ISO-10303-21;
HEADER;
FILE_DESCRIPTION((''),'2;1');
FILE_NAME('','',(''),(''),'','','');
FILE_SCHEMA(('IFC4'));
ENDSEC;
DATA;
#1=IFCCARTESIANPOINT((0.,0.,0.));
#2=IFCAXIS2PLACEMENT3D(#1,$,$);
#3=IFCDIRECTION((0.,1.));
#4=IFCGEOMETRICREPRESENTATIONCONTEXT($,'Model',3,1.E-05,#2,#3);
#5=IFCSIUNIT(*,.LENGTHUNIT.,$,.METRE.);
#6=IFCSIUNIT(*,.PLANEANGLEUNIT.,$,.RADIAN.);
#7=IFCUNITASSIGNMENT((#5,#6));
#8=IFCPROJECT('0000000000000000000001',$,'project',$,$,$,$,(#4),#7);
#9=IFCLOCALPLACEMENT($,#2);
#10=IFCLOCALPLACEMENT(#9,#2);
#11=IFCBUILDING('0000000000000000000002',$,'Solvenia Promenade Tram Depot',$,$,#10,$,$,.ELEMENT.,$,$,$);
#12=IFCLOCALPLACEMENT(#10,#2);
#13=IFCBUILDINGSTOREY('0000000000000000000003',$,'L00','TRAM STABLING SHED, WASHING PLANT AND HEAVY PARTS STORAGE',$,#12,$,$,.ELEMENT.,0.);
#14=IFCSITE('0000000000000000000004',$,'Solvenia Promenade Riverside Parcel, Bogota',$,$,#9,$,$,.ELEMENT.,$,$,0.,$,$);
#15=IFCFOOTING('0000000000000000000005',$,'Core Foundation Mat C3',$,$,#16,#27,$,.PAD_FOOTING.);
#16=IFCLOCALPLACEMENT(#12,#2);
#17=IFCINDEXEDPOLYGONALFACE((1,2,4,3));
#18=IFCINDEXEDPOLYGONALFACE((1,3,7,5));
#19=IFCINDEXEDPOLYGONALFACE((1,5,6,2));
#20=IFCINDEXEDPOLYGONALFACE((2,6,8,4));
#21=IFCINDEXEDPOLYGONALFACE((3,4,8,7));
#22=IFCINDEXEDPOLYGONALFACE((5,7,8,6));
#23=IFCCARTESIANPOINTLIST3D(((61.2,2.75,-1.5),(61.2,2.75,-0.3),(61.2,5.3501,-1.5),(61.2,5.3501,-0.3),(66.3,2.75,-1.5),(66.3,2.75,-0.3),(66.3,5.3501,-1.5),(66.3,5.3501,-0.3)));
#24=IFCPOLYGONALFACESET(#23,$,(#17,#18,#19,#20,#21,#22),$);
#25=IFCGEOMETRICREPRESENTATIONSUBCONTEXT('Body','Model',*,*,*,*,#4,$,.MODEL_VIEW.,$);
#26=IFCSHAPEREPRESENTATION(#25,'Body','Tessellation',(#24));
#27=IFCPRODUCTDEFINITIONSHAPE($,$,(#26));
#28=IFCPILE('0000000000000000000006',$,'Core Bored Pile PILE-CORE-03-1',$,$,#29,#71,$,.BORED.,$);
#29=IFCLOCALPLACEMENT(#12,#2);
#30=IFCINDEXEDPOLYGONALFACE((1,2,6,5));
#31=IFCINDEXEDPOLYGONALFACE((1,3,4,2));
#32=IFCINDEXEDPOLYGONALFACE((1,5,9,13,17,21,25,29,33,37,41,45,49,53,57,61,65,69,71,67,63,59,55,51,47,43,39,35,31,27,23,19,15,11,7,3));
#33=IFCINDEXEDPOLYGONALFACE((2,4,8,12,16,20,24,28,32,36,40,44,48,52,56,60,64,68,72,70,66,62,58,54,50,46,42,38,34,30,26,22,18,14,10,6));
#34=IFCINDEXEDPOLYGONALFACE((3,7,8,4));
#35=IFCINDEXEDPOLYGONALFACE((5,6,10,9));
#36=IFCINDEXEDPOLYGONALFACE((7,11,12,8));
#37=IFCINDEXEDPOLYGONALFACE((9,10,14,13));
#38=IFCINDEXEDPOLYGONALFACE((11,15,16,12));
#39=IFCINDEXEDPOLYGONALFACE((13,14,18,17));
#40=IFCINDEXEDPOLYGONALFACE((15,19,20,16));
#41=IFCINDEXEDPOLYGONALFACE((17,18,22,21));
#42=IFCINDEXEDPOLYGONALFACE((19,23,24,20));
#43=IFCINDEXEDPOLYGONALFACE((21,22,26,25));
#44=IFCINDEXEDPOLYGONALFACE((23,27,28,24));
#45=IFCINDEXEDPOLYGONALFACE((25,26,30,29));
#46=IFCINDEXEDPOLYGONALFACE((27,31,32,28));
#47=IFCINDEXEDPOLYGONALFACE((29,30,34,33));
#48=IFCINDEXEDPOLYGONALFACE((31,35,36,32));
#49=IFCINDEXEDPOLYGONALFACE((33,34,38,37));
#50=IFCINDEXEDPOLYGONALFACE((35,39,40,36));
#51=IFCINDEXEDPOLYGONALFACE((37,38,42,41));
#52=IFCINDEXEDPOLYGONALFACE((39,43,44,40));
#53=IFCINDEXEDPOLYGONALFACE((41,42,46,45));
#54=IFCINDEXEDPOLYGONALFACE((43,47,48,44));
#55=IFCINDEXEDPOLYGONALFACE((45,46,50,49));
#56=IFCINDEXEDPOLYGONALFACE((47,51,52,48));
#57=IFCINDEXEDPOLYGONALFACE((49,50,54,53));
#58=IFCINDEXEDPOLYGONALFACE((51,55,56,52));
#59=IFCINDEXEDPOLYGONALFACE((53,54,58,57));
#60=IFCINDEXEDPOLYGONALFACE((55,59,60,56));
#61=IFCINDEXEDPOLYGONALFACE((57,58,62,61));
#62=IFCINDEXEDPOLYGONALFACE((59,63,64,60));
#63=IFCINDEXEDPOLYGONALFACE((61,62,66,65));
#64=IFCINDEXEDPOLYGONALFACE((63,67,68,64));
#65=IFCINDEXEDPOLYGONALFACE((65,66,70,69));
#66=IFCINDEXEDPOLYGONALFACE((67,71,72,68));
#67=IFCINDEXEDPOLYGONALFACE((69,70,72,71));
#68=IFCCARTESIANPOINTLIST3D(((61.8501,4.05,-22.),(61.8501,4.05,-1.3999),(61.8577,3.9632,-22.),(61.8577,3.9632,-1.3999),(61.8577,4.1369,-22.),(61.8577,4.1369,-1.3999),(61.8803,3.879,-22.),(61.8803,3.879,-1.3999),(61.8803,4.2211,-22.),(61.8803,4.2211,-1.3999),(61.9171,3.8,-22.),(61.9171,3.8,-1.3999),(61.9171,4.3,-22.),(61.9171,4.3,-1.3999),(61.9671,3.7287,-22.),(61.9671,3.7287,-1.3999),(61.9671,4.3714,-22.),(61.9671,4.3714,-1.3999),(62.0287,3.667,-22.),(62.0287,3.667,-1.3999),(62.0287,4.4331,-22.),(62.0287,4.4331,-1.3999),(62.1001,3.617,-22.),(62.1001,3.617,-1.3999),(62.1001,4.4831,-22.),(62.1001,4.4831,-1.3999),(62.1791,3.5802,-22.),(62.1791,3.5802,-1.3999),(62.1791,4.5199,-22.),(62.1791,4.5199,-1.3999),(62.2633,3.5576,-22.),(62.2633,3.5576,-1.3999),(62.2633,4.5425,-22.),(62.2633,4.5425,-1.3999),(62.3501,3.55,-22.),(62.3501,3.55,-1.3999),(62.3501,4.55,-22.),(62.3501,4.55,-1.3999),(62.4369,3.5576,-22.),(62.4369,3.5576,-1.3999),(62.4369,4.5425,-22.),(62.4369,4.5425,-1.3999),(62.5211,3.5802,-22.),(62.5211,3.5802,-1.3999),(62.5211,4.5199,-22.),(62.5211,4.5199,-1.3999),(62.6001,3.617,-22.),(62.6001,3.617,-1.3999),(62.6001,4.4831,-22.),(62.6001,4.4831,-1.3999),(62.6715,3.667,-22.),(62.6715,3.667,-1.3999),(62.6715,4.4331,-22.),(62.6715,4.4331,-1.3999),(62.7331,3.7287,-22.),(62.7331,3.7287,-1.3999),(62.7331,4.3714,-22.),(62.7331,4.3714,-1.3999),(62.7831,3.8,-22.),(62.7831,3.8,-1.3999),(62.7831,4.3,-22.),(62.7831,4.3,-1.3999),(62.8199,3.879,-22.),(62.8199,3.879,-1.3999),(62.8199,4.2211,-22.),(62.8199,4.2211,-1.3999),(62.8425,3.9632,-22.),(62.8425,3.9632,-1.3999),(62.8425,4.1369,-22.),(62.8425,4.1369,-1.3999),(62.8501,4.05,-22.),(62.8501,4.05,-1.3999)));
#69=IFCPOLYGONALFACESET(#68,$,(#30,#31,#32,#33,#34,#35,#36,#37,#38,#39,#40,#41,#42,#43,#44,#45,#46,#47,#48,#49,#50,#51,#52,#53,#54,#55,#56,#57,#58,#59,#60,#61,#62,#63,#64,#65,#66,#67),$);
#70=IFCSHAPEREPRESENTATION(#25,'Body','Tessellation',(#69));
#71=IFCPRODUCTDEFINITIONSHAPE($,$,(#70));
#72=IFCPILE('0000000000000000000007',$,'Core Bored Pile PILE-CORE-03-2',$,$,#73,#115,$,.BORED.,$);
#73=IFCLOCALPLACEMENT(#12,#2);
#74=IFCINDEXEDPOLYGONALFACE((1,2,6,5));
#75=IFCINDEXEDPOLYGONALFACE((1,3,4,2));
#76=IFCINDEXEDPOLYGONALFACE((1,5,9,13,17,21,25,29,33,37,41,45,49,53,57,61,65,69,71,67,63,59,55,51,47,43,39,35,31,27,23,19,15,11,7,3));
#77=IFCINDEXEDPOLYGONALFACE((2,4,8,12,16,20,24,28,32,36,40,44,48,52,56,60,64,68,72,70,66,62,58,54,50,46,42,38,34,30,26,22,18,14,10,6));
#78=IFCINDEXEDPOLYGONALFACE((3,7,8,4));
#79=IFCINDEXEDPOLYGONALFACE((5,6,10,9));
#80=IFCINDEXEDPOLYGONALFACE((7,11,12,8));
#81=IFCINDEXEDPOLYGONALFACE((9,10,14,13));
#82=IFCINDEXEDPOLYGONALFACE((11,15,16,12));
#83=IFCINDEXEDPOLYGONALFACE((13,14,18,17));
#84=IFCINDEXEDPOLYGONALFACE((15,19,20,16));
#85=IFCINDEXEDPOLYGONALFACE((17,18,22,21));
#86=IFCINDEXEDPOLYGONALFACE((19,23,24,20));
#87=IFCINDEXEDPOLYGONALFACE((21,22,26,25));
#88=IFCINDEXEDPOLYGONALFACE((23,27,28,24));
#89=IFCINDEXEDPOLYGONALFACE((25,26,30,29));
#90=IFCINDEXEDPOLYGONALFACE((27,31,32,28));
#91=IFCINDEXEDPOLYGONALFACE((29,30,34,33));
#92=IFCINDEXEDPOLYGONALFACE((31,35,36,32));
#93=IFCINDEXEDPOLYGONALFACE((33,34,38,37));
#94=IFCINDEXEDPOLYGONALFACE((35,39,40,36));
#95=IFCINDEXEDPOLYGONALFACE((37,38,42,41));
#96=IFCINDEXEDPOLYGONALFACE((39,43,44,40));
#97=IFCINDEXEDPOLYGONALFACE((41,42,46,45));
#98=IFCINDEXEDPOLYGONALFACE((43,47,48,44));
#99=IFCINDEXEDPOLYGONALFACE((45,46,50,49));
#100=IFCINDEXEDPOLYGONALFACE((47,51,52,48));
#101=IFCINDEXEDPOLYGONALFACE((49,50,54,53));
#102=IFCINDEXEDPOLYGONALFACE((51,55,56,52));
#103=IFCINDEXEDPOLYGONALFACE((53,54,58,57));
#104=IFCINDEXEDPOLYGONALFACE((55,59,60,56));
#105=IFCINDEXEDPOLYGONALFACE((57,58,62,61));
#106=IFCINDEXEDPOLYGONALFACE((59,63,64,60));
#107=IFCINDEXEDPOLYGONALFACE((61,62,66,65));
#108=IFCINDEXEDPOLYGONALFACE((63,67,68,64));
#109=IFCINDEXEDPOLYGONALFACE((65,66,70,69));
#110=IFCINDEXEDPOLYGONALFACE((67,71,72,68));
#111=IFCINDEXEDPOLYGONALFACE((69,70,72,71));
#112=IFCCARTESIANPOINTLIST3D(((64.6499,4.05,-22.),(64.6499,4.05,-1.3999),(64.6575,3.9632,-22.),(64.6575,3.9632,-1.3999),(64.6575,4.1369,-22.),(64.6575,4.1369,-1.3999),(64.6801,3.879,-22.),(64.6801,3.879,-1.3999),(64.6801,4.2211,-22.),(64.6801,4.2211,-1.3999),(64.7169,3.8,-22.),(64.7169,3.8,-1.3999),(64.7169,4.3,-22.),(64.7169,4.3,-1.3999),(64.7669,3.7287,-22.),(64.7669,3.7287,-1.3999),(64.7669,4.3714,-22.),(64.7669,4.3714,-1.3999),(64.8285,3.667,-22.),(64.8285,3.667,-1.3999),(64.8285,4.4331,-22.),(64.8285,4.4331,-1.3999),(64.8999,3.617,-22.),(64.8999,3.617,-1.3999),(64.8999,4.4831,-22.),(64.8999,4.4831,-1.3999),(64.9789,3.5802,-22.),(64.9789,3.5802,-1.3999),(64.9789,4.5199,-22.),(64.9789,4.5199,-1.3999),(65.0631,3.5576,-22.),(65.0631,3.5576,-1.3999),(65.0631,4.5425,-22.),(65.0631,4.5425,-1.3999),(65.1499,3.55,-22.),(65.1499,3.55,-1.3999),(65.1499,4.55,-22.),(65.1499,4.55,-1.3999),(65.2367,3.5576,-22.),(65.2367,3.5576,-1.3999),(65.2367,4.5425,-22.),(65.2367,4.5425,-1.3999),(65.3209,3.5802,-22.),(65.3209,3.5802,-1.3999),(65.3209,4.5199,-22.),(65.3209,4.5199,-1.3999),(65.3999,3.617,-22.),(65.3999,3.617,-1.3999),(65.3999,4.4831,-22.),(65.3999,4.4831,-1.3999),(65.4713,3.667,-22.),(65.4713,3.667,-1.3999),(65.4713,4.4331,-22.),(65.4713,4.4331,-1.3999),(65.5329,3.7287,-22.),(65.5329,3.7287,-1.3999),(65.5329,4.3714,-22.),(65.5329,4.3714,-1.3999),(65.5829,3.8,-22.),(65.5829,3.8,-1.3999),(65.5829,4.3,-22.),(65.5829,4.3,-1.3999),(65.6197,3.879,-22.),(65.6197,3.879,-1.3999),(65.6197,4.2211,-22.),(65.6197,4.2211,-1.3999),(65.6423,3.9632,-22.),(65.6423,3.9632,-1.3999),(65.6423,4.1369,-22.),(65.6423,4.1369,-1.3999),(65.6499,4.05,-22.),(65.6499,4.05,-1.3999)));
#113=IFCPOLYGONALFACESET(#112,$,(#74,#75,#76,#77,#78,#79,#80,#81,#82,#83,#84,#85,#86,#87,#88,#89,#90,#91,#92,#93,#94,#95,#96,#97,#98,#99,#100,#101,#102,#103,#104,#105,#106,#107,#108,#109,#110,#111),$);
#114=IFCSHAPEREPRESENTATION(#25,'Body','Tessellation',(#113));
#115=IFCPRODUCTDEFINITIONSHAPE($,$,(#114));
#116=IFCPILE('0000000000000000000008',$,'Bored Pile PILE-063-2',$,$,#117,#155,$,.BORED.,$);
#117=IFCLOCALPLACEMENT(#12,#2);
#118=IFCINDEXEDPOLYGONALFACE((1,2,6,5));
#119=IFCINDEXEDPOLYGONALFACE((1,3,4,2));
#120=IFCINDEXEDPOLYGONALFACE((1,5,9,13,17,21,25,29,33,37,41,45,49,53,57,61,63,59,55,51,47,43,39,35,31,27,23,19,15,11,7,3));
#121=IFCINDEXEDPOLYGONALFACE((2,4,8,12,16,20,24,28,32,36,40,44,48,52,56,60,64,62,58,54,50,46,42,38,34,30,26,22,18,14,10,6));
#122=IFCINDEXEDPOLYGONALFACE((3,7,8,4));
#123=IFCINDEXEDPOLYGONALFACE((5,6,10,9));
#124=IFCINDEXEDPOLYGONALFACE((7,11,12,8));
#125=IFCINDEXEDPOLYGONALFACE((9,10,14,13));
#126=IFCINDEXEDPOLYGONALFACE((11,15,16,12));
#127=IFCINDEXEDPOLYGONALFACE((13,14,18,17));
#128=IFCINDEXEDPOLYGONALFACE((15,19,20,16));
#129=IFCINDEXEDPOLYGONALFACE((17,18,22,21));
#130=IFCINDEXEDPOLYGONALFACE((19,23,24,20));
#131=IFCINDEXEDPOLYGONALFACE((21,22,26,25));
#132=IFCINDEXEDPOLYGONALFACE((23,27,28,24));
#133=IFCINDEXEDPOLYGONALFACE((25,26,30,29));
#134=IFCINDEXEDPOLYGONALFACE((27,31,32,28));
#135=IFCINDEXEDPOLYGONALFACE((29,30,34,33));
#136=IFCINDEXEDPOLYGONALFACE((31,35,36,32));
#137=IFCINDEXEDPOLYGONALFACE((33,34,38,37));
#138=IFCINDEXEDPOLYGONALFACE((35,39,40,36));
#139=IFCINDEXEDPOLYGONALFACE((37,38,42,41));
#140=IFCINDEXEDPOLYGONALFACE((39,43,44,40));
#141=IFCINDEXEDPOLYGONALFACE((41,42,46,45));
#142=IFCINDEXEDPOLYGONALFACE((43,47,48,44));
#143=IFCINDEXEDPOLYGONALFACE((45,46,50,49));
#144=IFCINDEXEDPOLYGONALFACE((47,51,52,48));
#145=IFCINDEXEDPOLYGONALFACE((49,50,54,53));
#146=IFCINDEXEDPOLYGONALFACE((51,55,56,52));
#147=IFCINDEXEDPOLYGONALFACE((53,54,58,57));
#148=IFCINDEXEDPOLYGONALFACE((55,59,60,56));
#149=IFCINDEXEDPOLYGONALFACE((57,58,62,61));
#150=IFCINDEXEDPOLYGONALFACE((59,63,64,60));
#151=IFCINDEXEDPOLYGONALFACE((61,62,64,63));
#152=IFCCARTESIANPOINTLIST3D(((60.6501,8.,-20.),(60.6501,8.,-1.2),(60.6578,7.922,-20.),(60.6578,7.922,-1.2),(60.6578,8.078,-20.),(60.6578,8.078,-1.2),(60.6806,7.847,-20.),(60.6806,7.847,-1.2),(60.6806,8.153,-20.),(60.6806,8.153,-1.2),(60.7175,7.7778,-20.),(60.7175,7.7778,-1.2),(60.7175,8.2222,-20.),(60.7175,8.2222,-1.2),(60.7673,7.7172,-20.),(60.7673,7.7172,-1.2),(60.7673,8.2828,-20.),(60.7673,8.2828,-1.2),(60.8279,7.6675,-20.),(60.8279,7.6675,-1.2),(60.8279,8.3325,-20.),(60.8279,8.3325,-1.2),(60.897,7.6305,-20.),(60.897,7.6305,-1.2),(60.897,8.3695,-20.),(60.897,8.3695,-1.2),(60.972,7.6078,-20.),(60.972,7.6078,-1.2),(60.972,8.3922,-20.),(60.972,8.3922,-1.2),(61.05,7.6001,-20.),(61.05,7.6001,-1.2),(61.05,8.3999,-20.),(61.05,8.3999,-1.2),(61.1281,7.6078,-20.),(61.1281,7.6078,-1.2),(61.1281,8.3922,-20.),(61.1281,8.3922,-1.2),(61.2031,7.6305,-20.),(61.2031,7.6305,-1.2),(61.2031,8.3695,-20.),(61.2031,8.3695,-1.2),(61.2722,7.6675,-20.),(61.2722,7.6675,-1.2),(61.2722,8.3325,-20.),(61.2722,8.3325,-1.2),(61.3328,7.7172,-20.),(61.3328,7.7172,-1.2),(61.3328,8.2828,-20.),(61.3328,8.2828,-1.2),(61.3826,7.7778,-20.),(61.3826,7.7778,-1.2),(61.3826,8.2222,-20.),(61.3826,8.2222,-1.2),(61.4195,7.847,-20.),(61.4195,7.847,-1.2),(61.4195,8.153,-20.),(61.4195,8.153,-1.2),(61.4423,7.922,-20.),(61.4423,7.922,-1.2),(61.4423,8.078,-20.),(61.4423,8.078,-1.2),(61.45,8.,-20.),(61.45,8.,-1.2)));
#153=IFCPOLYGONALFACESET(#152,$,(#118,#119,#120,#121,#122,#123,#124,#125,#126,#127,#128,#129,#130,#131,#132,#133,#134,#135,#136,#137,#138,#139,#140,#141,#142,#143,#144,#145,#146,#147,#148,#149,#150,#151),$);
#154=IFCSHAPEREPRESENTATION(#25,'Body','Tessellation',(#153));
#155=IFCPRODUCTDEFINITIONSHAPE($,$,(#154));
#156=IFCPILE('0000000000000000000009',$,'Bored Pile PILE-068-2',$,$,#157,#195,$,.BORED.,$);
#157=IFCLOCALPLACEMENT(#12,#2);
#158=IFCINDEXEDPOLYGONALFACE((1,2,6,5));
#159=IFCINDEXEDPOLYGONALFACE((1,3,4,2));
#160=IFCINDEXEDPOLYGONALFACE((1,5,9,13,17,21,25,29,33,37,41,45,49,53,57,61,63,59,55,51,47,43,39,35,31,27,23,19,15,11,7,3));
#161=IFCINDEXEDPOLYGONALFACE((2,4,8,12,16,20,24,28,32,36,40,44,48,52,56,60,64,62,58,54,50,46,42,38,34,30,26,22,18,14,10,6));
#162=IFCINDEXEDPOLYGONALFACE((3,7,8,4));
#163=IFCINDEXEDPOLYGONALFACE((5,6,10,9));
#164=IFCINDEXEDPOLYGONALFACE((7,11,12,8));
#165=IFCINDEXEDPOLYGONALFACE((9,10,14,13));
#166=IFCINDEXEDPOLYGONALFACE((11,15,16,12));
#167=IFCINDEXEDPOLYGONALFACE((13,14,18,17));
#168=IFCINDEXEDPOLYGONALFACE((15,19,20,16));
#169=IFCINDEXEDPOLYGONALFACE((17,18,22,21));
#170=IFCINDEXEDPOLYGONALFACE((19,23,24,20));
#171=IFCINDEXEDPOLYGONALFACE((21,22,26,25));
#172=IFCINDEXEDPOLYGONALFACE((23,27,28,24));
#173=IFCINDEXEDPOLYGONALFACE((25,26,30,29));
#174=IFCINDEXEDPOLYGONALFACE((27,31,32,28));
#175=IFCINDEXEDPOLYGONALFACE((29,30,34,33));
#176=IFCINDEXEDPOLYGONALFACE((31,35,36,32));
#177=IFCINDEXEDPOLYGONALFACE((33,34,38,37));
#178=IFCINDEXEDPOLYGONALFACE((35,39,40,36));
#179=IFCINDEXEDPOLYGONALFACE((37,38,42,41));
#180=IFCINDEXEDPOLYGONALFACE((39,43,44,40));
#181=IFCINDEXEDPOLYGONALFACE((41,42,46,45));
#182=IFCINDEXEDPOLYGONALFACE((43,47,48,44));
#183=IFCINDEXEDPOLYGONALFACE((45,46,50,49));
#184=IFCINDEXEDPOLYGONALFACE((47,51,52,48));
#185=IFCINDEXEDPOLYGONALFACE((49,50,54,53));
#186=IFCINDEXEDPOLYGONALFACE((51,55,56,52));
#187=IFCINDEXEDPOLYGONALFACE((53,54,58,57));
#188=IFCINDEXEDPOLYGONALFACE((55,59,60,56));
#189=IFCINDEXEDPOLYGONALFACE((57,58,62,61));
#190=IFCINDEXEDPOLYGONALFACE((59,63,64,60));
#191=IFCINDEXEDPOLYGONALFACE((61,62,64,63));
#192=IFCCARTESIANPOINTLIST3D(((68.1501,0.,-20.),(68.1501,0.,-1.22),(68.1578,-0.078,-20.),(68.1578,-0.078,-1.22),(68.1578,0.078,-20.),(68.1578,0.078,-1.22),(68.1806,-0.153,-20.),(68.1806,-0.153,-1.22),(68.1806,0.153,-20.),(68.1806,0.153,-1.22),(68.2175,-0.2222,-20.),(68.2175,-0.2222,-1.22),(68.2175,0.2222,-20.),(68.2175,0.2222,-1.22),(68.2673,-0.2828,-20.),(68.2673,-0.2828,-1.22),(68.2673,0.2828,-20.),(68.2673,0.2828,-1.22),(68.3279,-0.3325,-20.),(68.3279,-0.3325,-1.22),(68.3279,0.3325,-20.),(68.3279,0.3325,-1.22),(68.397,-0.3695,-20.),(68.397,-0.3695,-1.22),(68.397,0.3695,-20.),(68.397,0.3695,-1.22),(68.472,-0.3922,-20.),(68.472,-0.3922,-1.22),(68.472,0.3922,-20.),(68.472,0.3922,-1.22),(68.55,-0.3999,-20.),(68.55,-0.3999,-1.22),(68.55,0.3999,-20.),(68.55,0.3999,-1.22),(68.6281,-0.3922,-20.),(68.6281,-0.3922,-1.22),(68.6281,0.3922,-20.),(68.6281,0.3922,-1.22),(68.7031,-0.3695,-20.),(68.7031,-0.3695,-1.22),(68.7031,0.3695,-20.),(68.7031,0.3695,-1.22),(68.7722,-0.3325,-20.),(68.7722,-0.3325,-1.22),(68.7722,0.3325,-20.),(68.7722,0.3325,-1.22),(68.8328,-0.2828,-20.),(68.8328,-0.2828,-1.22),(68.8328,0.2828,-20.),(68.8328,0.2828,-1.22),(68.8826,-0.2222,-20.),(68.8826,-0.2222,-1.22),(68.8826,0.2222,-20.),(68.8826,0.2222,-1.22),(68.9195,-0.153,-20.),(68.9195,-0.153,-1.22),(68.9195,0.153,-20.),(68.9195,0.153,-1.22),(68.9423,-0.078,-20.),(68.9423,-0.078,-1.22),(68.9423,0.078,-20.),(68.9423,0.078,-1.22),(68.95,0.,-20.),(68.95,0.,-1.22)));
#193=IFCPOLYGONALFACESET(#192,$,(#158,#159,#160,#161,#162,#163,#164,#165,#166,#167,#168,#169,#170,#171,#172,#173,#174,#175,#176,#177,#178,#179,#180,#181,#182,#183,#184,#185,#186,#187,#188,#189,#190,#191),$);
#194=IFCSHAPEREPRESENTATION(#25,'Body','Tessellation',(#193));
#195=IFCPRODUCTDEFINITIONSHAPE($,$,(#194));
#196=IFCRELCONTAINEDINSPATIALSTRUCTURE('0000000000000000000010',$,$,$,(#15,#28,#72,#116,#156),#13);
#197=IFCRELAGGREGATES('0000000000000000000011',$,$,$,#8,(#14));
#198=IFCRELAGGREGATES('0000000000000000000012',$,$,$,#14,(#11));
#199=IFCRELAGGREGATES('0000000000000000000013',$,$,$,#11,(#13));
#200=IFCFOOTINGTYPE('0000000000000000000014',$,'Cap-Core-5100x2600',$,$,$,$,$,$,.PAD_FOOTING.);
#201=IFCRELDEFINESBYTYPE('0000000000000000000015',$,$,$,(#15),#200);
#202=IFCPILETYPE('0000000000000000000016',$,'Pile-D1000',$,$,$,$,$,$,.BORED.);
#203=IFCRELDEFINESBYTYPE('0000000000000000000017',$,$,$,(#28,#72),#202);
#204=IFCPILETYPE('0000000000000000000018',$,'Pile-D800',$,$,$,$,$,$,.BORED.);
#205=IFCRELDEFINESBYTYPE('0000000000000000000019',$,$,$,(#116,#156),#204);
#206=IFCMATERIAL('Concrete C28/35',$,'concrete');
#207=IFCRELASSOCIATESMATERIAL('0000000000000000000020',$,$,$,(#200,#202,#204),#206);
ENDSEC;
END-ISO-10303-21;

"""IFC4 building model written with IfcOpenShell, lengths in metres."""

from ifc_helpers import new_model, si_unit, direction, frame, origin, origin_2d, place, context, subcontext, project, spatial, rectangle, circle, extrude, material, material_profile, profile_set, type_object, element, save


model = new_model("IFC4")

# Units and contexts
model_context = context("Model", 3, precision=1e-05, world=origin(), true_north=direction((0.0, 1.0)))
body_context = subcontext(model_context, "Body", "Model", "MODEL_VIEW")
ifc_project = project(units=[si_unit("LENGTHUNIT", "METRE"), si_unit("PLANEANGLEUNIT", "RADIAN")], contexts=[model_context])

# Site, building, storey
site_placement = place(None, origin())
site = spatial("IfcSite", under=ifc_project, at=site_placement, Name="Solvenia Promenade Riverside Parcel, Bogota", CompositionType="ELEMENT", RefElevation=0.0)
building_placement = place(site_placement, origin())
building = spatial("IfcBuilding", under=site, at=building_placement, Name="Solvenia Promenade Tram Depot", CompositionType="ELEMENT")
storey_placement = place(building_placement, origin())
storey = spatial("IfcBuildingStorey", under=building, at=storey_placement, Name="L00", Description="TRAM STABLING SHED, WASHING PLANT AND HEAVY PARTS STORAGE", CompositionType="ELEMENT", Elevation=0.0)

# Footing
ifc_material_1 = material(Name="Concrete C28/35", Category="concrete")
footing_type_1 = type_object("IfcFootingType", Name="Cap-Core-5100x2600", PredefinedType="PAD_FOOTING", material=ifc_material_1)
footing_1_placement = place(storey_placement, frame((63.75, 4.05, -1.5), z_axis=(0.0, 0.0, 1.0), x_axis=(1.0, 0.0, 0.0)))
element("IfcFooting", 1, at=footing_1_placement, inside=storey, type_object=footing_type_1, Name="Core Foundation Mat C3", PredefinedType="PAD_FOOTING", context=body_context, shape_type="SweptSolid", body=[
    extrude(rectangle(XDim=5.1001, YDim=2.6001, at=origin_2d()), origin(), (0.0, 0.0, 1.0), 1.2),
])

# Piles
ifc_material_profile_1 = material_profile(ifc_material_1, circle(Radius=0.5, at=origin_2d()), Name="D1000", Category="concrete")
ifc_profile_set_1 = profile_set([ifc_material_profile_1], Name="Concrete C28/35")
pile_type_1 = type_object("IfcPileType", Name="Pile-D1000", PredefinedType="BORED", material=ifc_profile_set_1)
for number, where, z_axis, x_axis, name in (
    (2, (62.3501, 4.05, -1.3999), (0.0, 0.0, -1.0), (1.0, 0.0, 0.0), "Core Bored Pile PILE-CORE-03-1"),
    (3, (65.1499, 4.05, -1.3999), (0.0, 0.0, -1.0), (1.0, 0.0, 0.0), "Core Bored Pile PILE-CORE-03-2"),
):
    element("IfcPile", number, at=place(storey_placement, frame(where, z_axis=z_axis, x_axis=x_axis)), inside=storey, type_object=pile_type_1, Name=name, PredefinedType="BORED", context=body_context, shape_type="SweptSolid", body=[
        extrude(circle(Radius=0.5, at=origin_2d()), origin(), (0.0, 0.0, 1.0), 20.6001),
    ])
ifc_material_profile_2 = material_profile(ifc_material_1, circle(Radius=0.3999, at=origin_2d()), Name="D800", Category="concrete")
ifc_profile_set_2 = profile_set([ifc_material_profile_2], Name="Concrete C28/35")
pile_type_2 = type_object("IfcPileType", Name="Pile-D800", PredefinedType="BORED", material=ifc_profile_set_2)
pile_1_placement = place(storey_placement, frame((61.05, 8.0, -1.2), z_axis=(0.0, 0.0, -1.0), x_axis=(1.0, 0.0, 0.0)))
element("IfcPile", 4, at=pile_1_placement, inside=storey, type_object=pile_type_2, Name="Bored Pile PILE-063-2", PredefinedType="BORED", context=body_context, shape_type="SweptSolid", body=[
    extrude(circle(Radius=0.3999, at=origin_2d()), origin(), (0.0, 0.0, 1.0), 18.8),
])
pile_2_placement = place(storey_placement, frame((68.55, 0.0, -1.22), z_axis=(0.0, 0.0, -1.0), x_axis=(1.0, 0.0, 0.0)))
element("IfcPile", 5, at=pile_2_placement, inside=storey, type_object=pile_type_2, Name="Bored Pile PILE-068-2", PredefinedType="BORED", context=body_context, shape_type="SweptSolid", body=[
    extrude(circle(Radius=0.3999, at=origin_2d()), origin(), (0.0, 0.0, 1.0), 18.78),
])

save(model, "model.ifc")
